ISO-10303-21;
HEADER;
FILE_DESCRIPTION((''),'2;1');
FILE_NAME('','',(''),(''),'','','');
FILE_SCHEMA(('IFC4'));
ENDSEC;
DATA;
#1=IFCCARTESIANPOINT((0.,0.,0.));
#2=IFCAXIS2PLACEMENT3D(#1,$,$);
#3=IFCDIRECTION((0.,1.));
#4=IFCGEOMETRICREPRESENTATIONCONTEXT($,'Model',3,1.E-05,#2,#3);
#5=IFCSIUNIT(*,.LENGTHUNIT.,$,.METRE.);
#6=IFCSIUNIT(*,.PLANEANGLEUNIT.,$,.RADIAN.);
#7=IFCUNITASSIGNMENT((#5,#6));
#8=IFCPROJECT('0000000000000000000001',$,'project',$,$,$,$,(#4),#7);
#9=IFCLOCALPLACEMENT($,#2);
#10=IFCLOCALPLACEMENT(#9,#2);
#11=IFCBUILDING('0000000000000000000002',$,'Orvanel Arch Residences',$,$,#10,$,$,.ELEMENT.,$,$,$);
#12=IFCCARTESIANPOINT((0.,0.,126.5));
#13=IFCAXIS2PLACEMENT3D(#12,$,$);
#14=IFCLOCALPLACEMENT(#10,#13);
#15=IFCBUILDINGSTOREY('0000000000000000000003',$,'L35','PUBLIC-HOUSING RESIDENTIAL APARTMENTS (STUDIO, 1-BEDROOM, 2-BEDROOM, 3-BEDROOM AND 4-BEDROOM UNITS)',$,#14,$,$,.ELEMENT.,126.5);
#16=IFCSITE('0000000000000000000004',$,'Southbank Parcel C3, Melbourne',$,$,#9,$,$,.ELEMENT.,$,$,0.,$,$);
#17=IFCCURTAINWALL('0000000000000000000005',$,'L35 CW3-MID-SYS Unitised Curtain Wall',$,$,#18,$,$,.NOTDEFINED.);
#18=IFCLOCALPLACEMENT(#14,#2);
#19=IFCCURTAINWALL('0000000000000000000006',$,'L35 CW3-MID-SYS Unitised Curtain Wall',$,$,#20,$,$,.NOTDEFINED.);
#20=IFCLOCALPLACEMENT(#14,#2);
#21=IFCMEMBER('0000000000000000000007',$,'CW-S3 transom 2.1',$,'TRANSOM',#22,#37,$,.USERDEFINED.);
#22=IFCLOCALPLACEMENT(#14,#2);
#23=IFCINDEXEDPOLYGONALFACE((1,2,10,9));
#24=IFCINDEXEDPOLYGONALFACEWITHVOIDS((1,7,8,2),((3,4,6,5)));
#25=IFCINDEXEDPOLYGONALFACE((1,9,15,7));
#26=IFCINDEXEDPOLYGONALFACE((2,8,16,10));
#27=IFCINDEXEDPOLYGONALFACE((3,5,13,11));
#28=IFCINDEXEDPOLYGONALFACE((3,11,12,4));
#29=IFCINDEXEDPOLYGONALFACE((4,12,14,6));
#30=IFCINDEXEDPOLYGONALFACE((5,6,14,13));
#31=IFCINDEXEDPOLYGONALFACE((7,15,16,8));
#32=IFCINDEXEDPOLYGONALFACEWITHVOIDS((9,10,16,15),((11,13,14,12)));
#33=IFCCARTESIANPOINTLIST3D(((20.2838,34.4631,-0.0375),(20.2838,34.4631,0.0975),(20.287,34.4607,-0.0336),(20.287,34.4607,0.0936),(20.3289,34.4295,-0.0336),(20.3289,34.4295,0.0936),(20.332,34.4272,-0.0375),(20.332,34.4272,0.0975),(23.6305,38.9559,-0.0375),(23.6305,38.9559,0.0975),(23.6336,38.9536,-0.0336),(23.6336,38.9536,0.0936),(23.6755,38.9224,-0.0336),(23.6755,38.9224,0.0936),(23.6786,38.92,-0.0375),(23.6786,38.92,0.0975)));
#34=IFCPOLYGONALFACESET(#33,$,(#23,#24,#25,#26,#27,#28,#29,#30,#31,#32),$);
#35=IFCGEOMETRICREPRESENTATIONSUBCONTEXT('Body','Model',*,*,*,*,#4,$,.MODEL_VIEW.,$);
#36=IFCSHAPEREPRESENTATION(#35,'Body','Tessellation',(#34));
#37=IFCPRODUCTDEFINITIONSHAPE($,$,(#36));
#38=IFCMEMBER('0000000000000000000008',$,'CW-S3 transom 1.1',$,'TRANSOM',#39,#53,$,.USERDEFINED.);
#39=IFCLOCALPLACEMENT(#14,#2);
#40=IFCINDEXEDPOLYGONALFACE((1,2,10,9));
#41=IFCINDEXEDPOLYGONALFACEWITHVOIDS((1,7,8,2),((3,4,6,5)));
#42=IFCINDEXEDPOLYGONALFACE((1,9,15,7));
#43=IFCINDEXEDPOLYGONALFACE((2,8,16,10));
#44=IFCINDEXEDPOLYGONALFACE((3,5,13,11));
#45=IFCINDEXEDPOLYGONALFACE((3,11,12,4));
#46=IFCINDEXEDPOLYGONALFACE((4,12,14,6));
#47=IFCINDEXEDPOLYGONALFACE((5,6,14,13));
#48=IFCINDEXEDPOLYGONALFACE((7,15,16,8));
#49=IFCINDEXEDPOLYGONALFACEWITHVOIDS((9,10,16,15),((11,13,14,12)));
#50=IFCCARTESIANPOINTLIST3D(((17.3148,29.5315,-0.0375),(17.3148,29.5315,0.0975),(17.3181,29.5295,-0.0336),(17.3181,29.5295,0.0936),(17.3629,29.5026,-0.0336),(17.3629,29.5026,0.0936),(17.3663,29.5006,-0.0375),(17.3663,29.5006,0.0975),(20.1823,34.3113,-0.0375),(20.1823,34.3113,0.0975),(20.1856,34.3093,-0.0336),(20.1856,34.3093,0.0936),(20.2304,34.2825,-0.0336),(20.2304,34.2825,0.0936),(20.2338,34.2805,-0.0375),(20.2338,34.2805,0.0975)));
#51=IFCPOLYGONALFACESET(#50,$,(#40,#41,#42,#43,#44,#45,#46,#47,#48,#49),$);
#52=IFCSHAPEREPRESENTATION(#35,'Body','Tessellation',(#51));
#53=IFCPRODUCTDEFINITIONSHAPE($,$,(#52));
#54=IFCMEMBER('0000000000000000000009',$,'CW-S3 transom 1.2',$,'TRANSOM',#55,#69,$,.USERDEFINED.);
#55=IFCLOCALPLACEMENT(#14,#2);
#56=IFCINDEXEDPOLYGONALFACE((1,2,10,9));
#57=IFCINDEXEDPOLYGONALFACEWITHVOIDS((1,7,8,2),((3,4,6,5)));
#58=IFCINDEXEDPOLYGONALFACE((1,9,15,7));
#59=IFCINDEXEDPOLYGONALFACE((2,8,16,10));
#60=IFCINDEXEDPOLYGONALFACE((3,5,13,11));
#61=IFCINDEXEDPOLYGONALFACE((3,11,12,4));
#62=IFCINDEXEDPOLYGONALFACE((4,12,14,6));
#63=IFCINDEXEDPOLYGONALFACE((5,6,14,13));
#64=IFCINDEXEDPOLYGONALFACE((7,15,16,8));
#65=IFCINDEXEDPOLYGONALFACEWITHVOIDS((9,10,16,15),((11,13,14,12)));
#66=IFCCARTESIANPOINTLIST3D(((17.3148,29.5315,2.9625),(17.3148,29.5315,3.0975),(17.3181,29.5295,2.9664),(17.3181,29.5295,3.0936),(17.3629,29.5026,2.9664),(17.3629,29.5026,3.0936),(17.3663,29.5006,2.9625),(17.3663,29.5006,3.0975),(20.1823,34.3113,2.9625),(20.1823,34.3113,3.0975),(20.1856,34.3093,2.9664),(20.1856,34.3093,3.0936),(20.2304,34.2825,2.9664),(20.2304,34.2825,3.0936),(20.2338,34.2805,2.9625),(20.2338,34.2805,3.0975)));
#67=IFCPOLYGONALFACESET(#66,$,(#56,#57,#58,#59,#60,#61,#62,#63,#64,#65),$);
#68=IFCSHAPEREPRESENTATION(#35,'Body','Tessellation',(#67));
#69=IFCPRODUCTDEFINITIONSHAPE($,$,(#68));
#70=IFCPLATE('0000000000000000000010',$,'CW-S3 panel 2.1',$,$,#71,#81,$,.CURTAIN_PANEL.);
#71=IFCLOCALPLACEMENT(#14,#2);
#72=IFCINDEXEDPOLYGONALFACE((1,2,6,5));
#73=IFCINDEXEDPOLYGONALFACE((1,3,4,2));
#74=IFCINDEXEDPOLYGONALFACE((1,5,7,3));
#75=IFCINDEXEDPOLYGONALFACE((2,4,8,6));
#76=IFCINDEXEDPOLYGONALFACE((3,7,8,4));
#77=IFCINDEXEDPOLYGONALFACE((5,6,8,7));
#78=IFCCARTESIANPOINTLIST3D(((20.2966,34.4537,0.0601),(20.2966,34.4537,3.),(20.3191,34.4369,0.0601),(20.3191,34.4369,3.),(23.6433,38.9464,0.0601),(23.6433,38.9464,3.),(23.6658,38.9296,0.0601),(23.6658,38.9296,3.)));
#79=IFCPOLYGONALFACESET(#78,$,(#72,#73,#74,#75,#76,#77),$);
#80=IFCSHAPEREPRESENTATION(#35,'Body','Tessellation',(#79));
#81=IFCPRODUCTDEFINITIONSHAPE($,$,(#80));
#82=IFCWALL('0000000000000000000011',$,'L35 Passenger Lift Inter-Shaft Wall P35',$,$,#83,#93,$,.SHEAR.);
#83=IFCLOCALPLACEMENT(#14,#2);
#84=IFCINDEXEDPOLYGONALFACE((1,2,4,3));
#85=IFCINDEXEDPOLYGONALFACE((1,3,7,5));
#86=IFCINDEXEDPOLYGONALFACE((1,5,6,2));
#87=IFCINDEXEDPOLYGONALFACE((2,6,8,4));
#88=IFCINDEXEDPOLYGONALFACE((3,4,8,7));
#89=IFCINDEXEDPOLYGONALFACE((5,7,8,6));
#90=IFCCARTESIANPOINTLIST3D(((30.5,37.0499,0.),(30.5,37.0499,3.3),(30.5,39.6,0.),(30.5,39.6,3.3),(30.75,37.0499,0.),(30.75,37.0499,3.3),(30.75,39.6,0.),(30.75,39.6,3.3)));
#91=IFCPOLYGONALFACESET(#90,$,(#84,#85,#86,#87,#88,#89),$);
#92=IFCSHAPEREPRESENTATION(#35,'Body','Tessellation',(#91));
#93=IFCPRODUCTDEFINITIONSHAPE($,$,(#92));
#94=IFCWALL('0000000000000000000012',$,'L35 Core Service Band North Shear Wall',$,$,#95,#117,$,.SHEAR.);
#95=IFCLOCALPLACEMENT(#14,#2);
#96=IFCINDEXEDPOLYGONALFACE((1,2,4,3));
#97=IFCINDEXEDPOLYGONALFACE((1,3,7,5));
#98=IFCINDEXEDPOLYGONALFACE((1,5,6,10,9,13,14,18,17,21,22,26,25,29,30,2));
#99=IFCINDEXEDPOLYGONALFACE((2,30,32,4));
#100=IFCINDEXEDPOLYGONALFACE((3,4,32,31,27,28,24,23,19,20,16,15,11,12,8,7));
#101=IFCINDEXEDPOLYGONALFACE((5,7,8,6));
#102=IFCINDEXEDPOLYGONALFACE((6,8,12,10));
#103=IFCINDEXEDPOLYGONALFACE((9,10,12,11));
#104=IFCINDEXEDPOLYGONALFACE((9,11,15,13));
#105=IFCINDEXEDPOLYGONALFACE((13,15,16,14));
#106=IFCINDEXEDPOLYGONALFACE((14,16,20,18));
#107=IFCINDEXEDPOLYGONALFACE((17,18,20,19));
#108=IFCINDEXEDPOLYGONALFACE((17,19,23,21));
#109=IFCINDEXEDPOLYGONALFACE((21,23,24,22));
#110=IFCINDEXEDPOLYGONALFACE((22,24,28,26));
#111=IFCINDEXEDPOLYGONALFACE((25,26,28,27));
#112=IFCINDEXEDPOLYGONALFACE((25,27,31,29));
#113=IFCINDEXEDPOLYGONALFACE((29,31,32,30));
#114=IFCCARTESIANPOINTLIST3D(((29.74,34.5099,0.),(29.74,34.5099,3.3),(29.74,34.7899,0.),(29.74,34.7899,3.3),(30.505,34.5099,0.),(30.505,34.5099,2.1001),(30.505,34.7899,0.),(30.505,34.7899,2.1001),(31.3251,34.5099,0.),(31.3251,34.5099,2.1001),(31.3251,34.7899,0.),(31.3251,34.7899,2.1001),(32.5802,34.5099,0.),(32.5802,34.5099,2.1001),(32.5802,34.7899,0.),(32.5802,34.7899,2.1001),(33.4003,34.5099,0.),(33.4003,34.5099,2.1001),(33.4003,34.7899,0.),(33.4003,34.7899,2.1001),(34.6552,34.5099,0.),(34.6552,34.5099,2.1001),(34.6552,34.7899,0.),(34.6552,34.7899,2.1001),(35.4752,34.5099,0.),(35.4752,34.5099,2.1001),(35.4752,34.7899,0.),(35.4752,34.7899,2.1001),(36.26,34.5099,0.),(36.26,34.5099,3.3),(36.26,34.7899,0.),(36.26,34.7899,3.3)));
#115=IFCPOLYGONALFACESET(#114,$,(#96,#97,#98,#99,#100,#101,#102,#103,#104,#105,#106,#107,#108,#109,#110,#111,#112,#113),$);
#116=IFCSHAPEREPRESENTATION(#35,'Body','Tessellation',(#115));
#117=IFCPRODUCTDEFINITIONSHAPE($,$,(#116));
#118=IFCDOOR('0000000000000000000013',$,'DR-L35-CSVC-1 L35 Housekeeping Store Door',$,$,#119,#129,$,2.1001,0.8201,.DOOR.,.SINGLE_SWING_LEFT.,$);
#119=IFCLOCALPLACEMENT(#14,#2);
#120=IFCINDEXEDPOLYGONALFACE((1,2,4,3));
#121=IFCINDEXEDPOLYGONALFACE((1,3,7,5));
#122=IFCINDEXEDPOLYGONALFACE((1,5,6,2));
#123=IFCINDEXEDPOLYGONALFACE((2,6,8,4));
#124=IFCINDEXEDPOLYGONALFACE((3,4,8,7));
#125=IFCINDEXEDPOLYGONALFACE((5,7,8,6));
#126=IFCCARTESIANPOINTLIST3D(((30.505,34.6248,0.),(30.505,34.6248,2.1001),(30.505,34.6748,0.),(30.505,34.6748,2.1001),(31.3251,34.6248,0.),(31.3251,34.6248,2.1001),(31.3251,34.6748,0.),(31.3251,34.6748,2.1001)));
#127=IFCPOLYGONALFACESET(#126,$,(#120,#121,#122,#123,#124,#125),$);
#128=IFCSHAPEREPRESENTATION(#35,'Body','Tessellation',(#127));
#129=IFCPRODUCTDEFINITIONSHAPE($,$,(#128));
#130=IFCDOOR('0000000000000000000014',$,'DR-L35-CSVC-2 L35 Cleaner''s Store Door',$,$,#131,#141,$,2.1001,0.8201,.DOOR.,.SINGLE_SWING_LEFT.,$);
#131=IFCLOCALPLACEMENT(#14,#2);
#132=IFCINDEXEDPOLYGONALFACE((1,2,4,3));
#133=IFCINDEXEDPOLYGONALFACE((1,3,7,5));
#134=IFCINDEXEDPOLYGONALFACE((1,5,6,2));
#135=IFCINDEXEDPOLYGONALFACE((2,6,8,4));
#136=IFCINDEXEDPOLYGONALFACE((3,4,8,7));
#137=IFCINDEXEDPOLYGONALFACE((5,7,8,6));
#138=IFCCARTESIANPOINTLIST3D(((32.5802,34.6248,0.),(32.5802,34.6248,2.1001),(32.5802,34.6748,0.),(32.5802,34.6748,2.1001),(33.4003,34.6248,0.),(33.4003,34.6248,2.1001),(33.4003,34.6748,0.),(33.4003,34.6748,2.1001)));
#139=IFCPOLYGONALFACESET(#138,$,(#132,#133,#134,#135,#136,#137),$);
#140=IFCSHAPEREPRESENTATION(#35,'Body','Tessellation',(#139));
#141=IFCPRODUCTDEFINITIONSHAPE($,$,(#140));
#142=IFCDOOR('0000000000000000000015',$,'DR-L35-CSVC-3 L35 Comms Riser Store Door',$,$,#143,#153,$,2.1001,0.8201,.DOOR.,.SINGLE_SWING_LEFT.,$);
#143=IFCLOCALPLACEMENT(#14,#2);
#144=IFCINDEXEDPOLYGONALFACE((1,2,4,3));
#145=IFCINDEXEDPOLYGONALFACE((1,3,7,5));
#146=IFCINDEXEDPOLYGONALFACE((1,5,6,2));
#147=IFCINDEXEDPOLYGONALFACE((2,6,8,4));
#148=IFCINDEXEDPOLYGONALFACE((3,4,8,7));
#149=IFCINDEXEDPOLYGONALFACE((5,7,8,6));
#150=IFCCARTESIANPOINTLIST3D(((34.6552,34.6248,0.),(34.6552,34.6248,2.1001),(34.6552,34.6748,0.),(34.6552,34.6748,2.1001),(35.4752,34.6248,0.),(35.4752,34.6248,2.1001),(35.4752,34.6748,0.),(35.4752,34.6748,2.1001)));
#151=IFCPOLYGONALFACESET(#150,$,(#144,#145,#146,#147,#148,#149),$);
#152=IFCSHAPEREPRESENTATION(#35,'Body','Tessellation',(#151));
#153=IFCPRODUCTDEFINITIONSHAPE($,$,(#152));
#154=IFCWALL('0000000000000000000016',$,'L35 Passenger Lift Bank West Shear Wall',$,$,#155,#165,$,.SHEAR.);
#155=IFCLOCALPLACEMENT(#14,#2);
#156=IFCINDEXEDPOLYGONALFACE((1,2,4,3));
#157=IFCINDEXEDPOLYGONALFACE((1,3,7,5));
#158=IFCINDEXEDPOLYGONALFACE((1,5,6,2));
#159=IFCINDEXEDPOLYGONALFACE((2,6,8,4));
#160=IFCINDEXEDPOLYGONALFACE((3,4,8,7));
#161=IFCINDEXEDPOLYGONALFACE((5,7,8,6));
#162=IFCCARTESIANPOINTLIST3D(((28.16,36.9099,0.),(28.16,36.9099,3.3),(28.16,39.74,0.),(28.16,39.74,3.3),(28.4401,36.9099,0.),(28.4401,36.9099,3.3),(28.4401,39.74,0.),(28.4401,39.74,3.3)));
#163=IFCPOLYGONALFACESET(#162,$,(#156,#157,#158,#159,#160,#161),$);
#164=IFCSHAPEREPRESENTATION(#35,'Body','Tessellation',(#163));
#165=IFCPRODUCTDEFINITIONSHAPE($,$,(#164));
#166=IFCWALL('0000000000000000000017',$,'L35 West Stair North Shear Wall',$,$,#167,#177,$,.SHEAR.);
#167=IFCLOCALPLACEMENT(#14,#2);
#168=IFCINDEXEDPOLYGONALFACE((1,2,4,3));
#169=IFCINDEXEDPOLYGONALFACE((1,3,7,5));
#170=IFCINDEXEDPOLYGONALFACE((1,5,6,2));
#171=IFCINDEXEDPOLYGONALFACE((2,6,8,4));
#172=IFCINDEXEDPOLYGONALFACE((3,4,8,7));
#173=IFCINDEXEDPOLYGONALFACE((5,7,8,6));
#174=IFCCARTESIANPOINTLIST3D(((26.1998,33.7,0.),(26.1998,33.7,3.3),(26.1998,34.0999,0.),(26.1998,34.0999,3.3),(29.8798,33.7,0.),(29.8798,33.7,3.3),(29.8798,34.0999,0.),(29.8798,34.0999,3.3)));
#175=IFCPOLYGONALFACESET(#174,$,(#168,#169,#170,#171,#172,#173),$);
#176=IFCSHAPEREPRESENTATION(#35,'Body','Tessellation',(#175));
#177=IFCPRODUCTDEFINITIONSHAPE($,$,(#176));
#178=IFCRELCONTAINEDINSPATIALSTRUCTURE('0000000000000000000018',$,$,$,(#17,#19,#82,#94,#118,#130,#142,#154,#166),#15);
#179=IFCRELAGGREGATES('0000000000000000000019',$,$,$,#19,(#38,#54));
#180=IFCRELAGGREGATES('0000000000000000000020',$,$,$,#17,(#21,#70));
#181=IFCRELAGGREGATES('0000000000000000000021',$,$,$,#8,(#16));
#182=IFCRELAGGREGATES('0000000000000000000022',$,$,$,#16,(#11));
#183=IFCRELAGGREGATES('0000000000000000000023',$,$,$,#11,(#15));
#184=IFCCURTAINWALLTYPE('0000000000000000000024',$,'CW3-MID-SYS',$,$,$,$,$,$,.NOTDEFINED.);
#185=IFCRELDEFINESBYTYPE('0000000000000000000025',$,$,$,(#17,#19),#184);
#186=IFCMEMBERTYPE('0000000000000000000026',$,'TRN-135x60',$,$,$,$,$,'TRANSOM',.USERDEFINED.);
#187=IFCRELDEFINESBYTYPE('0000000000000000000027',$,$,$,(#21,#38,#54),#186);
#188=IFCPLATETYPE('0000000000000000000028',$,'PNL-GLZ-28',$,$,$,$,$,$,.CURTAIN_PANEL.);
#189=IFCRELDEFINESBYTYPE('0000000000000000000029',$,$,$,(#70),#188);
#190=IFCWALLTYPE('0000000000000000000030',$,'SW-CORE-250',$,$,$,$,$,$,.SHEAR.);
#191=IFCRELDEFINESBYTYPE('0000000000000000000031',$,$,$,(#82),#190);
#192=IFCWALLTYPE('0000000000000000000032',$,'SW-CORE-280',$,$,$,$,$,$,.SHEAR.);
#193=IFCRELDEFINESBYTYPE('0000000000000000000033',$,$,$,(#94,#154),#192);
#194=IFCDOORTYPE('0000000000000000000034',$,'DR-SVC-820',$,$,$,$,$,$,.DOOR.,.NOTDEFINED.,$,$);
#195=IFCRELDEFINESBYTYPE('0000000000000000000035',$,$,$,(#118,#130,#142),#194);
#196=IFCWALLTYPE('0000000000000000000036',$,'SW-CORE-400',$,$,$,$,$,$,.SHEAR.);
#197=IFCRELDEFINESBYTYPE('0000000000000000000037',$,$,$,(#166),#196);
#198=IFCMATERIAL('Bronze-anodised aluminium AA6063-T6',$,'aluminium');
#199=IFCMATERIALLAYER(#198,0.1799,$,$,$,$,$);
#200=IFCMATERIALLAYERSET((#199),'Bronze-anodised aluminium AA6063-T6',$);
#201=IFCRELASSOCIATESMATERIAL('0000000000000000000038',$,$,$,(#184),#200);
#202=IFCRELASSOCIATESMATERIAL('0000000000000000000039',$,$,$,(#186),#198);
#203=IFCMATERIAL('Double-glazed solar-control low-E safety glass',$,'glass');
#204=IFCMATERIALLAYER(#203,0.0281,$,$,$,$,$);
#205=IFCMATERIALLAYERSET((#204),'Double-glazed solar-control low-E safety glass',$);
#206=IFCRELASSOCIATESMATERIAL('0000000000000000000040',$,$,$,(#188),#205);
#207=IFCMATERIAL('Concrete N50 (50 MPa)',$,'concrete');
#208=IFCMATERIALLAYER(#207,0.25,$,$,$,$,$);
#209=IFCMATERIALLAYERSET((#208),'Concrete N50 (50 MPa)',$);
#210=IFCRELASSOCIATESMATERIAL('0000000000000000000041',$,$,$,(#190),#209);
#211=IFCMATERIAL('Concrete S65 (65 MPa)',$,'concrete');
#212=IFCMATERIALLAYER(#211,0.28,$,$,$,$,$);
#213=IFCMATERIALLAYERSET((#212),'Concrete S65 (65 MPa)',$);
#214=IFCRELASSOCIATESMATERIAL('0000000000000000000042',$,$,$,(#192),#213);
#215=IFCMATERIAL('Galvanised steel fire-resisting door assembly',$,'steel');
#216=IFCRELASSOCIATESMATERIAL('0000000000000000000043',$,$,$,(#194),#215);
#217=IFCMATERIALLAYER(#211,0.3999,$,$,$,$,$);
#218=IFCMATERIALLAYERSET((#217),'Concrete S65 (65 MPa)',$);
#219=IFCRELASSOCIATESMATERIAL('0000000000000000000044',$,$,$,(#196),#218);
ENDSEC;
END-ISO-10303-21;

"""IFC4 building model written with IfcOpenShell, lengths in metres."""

from ifc_helpers import new_model, si_unit, direction, frame, frame_2d, origin, origin_2d, place, context, subcontext, project, spatial, rectangle, hollow_rectangle, extrude, material, layer, layer_set, material_profile, profile_set, type_object, element, fill, aggregate, save


model = new_model("IFC4")

# Units and contexts
model_context = context("Model", 3, precision=1e-05, world=origin(), true_north=direction((0.0, 1.0)))
body_context = subcontext(model_context, "Body", "Model", "MODEL_VIEW")
ifc_project = project(units=[si_unit("LENGTHUNIT", "METRE"), si_unit("PLANEANGLEUNIT", "RADIAN")], contexts=[model_context])

# Site, building, storey
site_placement = place(None, origin())
site = spatial("IfcSite", under=ifc_project, at=site_placement, Name="Southbank Parcel C3, Melbourne", CompositionType="ELEMENT", RefElevation=0.0)
building_placement = place(site_placement, origin())
building = spatial("IfcBuilding", under=site, at=building_placement, Name="Orvanel Arch Residences", CompositionType="ELEMENT")
storey_placement = place(building_placement, frame((0.0, 0.0, 126.5)))
storey = spatial("IfcBuildingStorey", under=building, at=storey_placement, Name="L35", Description="PUBLIC-HOUSING RESIDENTIAL APARTMENTS (STUDIO, 1-BEDROOM, 2-BEDROOM, 3-BEDROOM AND 4-BEDROOM UNITS)", CompositionType="ELEMENT", Elevation=126.5)

# Shared definitions
ifc_material_1 = material(Name="Concrete S65 (65 MPa)", Category="concrete")

# Curtain walls
ifc_material_2 = material(Name="Bronze-anodised aluminium AA6063-T6", Category="aluminium")
ifc_layer_1 = layer(ifc_material_2, 0.1799)
ifc_layer_set_1 = layer_set([ifc_layer_1], Name="Bronze-anodised aluminium AA6063-T6")
curtain_wall_type = type_object("IfcCurtainWallType", Name="CW3-MID-SYS", PredefinedType="NOTDEFINED", material=ifc_layer_set_1)
curtain_wall_1_placement = place(storey_placement, origin())
curtain_wall_1 = element("IfcCurtainWall", 1, at=curtain_wall_1_placement, inside=storey, type_object=curtain_wall_type, Name="L35 CW3-MID-SYS Unitised Curtain Wall", PredefinedType="NOTDEFINED")
curtain_wall_2_placement = place(storey_placement, origin())
curtain_wall_2 = element("IfcCurtainWall", 2, at=curtain_wall_2_placement, inside=storey, type_object=curtain_wall_type, Name="L35 CW3-MID-SYS Unitised Curtain Wall", PredefinedType="NOTDEFINED")

# Members
ifc_material_profile_1 = material_profile(ifc_material_2, hollow_rectangle(XDim=0.0601, YDim=0.135, WallThickness=0.0039, at=origin_2d()), Name="ALU135x60x4")
ifc_profile_set_1 = profile_set([ifc_material_profile_1], Name="Bronze-anodised aluminium AA6063-T6")
member_type_1 = type_object("IfcMemberType", Name="TRN-135x60", ElementType="TRANSOM", PredefinedType="USERDEFINED", material=ifc_profile_set_1)
member_1_placement = place(storey_placement, frame((23.6545, 38.938, 0.03), z_axis=(-0.597368, -0.801967, 0.0), x_axis=(0.801967, -0.597368, 0.0)))
member_1 = element("IfcMember", 3, at=member_1_placement, type_object=member_type_1, Name="CW-S3 transom 2.1", ObjectType="TRANSOM", PredefinedType="USERDEFINED", context=body_context, shape_type="SweptSolid", body=[
    extrude(hollow_rectangle(XDim=0.0601, YDim=0.135, WallThickness=0.0039, at=origin_2d()), origin(), (0.0, 0.0, 1.0), 5.6023),
])
member_2_placement = place(storey_placement, frame((20.208, 34.2959, 0.03), z_axis=(-0.514438, -0.857528, 0.0), x_axis=(0.857528, -0.514438, 0.0)))
member_2 = element("IfcMember", 4, at=member_2_placement, type_object=member_type_1, Name="CW-S3 transom 1.1", ObjectType="TRANSOM", PredefinedType="USERDEFINED", context=body_context, shape_type="SweptSolid", body=[
    extrude(hollow_rectangle(XDim=0.0601, YDim=0.135, WallThickness=0.0039, at=origin_2d()), origin(), (0.0, 0.0, 1.0), 5.574),
])
member_3_placement = place(storey_placement, frame((20.208, 34.2959, 3.03), z_axis=(-0.514438, -0.857528, 0.0), x_axis=(0.857528, -0.514438, 0.0)))
member_3 = element("IfcMember", 5, at=member_3_placement, type_object=member_type_1, Name="CW-S3 transom 1.2", ObjectType="TRANSOM", PredefinedType="USERDEFINED", context=body_context, shape_type="SweptSolid", body=[
    extrude(hollow_rectangle(XDim=0.0601, YDim=0.135, WallThickness=0.0039, at=origin_2d()), origin(), (0.0, 0.0, 1.0), 5.574),
])
aggregate(curtain_wall_2, [member_2, member_3])

# Plate
ifc_material_3 = material(Name="Double-glazed solar-control low-E safety glass", Category="glass")
ifc_layer_2 = layer(ifc_material_3, 0.0281)
ifc_layer_set_2 = layer_set([ifc_layer_2], Name="Double-glazed solar-control low-E safety glass")
plate_type = type_object("IfcPlateType", Name="PNL-GLZ-28", PredefinedType="CURTAIN_PANEL", material=ifc_layer_set_2)
plate_placement = place(storey_placement, frame((21.9812, 36.6917, 0.0601), z_axis=(0.0, 0.0, 1.0), x_axis=(-0.59739, -0.801951, 0.0)))
plate = element("IfcPlate", 6, at=plate_placement, type_object=plate_type, Name="CW-S3 panel 2.1", PredefinedType="CURTAIN_PANEL", context=body_context, shape_type="SweptSolid", body=[
    extrude(rectangle(XDim=5.6023, YDim=0.0281, at=origin_2d()), origin(), (0.0, 0.0, 1.0), 2.9399),
])
aggregate(curtain_wall_1, [member_1, plate])

# Wall
ifc_material_4 = material(Name="Concrete N50 (50 MPa)", Category="concrete")
ifc_layer_3 = layer(ifc_material_4, 0.25)
ifc_layer_set_3 = layer_set([ifc_layer_3], Name="Concrete N50 (50 MPa)")
wall_type_1 = type_object("IfcWallType", Name="SW-CORE-250", PredefinedType="SHEAR", material=ifc_layer_set_3)
wall_1_placement = place(storey_placement, frame((30.625, 37.05, 0.0), z_axis=(0.0, 0.0, 1.0), x_axis=(0.0, 1.0, 0.0)))
element("IfcWall", 7, at=wall_1_placement, inside=storey, type_object=wall_type_1, Name="L35 Passenger Lift Inter-Shaft Wall P35", PredefinedType="SHEAR", context=body_context, shape_type="SweptSolid", body=[
    extrude(rectangle(XDim=2.55, YDim=0.25, at=frame_2d((1.2749, 0.0))), origin(), (0.0, 0.0, 1.0), 3.3),
])

# Wall, openings, doors
ifc_layer_4 = layer(ifc_material_1, 0.28)
ifc_layer_set_4 = layer_set([ifc_layer_4], Name="Concrete S65 (65 MPa)")
wall_type_2 = type_object("IfcWallType", Name="SW-CORE-280", PredefinedType="SHEAR", material=ifc_layer_set_4)
wall_2_placement = place(storey_placement, frame((29.74, 34.6499, 0.0), z_axis=(0.0, 0.0, 1.0), x_axis=(1.0, 0.0, 0.0)))
wall_2 = element("IfcWall", 8, at=wall_2_placement, inside=storey, type_object=wall_type_2, Name="L35 Core Service Band North Shear Wall", PredefinedType="SHEAR", context=body_context, shape_type="SweptSolid", body=[
    extrude(rectangle(XDim=6.52, YDim=0.28, at=frame_2d((3.26, 0.0))), origin(), (0.0, 0.0, 1.0), 3.3),
])
opening_1_placement = place(wall_2_placement, frame((0.7649, 0.0, 0.0)))
opening_1 = element("IfcOpeningElement", 9, at=opening_1_placement, cuts=wall_2, PredefinedType="OPENING", context=body_context, shape_type="SweptSolid", body=[
    extrude(rectangle(XDim=0.8201, YDim=2.1001, at=frame_2d((0.4102, 1.05))), frame((0.0, 0.1499, 0.0), z_axis=(0.0, -1.0, 0.0), x_axis=(1.0, 0.0, 0.0)), (0.0, 0.0, 1.0), 0.3),
])
opening_2_placement = place(wall_2_placement, frame((2.8401, 0.0, 0.0)))
opening_2 = element("IfcOpeningElement", 10, at=opening_2_placement, cuts=wall_2, PredefinedType="OPENING", context=body_context, shape_type="SweptSolid", body=[
    extrude(rectangle(XDim=0.8201, YDim=2.1001, at=frame_2d((0.4102, 1.05))), frame((0.0, 0.1499, 0.0), z_axis=(0.0, -1.0, 0.0), x_axis=(1.0, 0.0, 0.0)), (0.0, 0.0, 1.0), 0.3),
])
opening_3_placement = place(wall_2_placement, frame((4.915, 0.0, 0.0)))
opening_3 = element("IfcOpeningElement", 11, at=opening_3_placement, cuts=wall_2, PredefinedType="OPENING", context=body_context, shape_type="SweptSolid", body=[
    extrude(rectangle(XDim=0.8201, YDim=2.1001, at=frame_2d((0.4102, 1.05))), frame((0.0, 0.1499, 0.0), z_axis=(0.0, -1.0, 0.0), x_axis=(1.0, 0.0, 0.0)), (0.0, 0.0, 1.0), 0.3),
])
ifc_material_5 = material(Name="Galvanised steel fire-resisting door assembly", Category="steel")
door_type_1 = type_object("IfcDoorType", Name="DR-SVC-820", OperationType="NOTDEFINED", PredefinedType="DOOR", material=ifc_material_5)
door_1_placement = place(opening_1_placement, origin())
door_1 = element("IfcDoor", 12, at=door_1_placement, inside=storey, type_object=door_type_1, Name="DR-L35-CSVC-1 L35 Housekeeping Store Door", OperationType="SINGLE_SWING_LEFT", OverallHeight=2.1001, OverallWidth=0.8201, PredefinedType="DOOR", context=body_context, shape_type="SweptSolid", body=[
    extrude(rectangle(XDim=0.8201, YDim=2.1001, at=frame_2d((0.4102, 1.05))), frame((0.0, 0.0249, 0.0), z_axis=(0.0, -1.0, 0.0), x_axis=(1.0, 0.0, 0.0)), (0.0, 0.0, 1.0), 0.05),
])
fill(opening_1, door_1)
door_2_placement = place(opening_2_placement, origin())
door_2 = element("IfcDoor", 13, at=door_2_placement, inside=storey, type_object=door_type_1, Name="DR-L35-CSVC-2 L35 Cleaner's Store Door", OperationType="SINGLE_SWING_LEFT", OverallHeight=2.1001, OverallWidth=0.8201, PredefinedType="DOOR", context=body_context, shape_type="SweptSolid", body=[
    extrude(rectangle(XDim=0.8201, YDim=2.1001, at=frame_2d((0.4102, 1.05))), frame((0.0, 0.0249, 0.0), z_axis=(0.0, -1.0, 0.0), x_axis=(1.0, 0.0, 0.0)), (0.0, 0.0, 1.0), 0.05),
])
fill(opening_2, door_2)
door_3_placement = place(opening_3_placement, origin())
door_3 = element("IfcDoor", 14, at=door_3_placement, inside=storey, type_object=door_type_1, Name="DR-L35-CSVC-3 L35 Comms Riser Store Door", OperationType="SINGLE_SWING_LEFT", OverallHeight=2.1001, OverallWidth=0.8201, PredefinedType="DOOR", context=body_context, shape_type="SweptSolid", body=[
    extrude(rectangle(XDim=0.8201, YDim=2.1001, at=frame_2d((0.4102, 1.05))), frame((0.0, 0.0249, 0.0), z_axis=(0.0, -1.0, 0.0), x_axis=(1.0, 0.0, 0.0)), (0.0, 0.0, 1.0), 0.05),
])
fill(opening_3, door_3)

# Walls
wall_3_placement = place(storey_placement, frame((28.3, 36.9099, 0.0), z_axis=(0.0, 0.0, 1.0), x_axis=(0.0, 1.0, 0.0)))
element("IfcWall", 15, at=wall_3_placement, inside=storey, type_object=wall_type_2, Name="L35 Passenger Lift Bank West Shear Wall", PredefinedType="SHEAR", context=body_context, shape_type="SweptSolid", body=[
    extrude(rectangle(XDim=2.8301, YDim=0.28, at=frame_2d((1.415, 0.0))), origin(), (0.0, 0.0, 1.0), 3.3),
])
ifc_layer_5 = layer(ifc_material_1, 0.3999)
ifc_layer_set_5 = layer_set([ifc_layer_5], Name="Concrete S65 (65 MPa)")
wall_type_3 = type_object("IfcWallType", Name="SW-CORE-400", PredefinedType="SHEAR", material=ifc_layer_set_5)
wall_4_placement = place(storey_placement, frame((26.2, 33.8999, 0.0), z_axis=(0.0, 0.0, 1.0), x_axis=(1.0, 0.0, 0.0)))
element("IfcWall", 16, at=wall_4_placement, inside=storey, type_object=wall_type_3, Name="L35 West Stair North Shear Wall", PredefinedType="SHEAR", context=body_context, shape_type="SweptSolid", body=[
    extrude(rectangle(XDim=3.6799, YDim=0.3999, at=frame_2d((1.8398, 0.0))), origin(), (0.0, 0.0, 1.0), 3.3),
])

save(model, "model.ifc")
